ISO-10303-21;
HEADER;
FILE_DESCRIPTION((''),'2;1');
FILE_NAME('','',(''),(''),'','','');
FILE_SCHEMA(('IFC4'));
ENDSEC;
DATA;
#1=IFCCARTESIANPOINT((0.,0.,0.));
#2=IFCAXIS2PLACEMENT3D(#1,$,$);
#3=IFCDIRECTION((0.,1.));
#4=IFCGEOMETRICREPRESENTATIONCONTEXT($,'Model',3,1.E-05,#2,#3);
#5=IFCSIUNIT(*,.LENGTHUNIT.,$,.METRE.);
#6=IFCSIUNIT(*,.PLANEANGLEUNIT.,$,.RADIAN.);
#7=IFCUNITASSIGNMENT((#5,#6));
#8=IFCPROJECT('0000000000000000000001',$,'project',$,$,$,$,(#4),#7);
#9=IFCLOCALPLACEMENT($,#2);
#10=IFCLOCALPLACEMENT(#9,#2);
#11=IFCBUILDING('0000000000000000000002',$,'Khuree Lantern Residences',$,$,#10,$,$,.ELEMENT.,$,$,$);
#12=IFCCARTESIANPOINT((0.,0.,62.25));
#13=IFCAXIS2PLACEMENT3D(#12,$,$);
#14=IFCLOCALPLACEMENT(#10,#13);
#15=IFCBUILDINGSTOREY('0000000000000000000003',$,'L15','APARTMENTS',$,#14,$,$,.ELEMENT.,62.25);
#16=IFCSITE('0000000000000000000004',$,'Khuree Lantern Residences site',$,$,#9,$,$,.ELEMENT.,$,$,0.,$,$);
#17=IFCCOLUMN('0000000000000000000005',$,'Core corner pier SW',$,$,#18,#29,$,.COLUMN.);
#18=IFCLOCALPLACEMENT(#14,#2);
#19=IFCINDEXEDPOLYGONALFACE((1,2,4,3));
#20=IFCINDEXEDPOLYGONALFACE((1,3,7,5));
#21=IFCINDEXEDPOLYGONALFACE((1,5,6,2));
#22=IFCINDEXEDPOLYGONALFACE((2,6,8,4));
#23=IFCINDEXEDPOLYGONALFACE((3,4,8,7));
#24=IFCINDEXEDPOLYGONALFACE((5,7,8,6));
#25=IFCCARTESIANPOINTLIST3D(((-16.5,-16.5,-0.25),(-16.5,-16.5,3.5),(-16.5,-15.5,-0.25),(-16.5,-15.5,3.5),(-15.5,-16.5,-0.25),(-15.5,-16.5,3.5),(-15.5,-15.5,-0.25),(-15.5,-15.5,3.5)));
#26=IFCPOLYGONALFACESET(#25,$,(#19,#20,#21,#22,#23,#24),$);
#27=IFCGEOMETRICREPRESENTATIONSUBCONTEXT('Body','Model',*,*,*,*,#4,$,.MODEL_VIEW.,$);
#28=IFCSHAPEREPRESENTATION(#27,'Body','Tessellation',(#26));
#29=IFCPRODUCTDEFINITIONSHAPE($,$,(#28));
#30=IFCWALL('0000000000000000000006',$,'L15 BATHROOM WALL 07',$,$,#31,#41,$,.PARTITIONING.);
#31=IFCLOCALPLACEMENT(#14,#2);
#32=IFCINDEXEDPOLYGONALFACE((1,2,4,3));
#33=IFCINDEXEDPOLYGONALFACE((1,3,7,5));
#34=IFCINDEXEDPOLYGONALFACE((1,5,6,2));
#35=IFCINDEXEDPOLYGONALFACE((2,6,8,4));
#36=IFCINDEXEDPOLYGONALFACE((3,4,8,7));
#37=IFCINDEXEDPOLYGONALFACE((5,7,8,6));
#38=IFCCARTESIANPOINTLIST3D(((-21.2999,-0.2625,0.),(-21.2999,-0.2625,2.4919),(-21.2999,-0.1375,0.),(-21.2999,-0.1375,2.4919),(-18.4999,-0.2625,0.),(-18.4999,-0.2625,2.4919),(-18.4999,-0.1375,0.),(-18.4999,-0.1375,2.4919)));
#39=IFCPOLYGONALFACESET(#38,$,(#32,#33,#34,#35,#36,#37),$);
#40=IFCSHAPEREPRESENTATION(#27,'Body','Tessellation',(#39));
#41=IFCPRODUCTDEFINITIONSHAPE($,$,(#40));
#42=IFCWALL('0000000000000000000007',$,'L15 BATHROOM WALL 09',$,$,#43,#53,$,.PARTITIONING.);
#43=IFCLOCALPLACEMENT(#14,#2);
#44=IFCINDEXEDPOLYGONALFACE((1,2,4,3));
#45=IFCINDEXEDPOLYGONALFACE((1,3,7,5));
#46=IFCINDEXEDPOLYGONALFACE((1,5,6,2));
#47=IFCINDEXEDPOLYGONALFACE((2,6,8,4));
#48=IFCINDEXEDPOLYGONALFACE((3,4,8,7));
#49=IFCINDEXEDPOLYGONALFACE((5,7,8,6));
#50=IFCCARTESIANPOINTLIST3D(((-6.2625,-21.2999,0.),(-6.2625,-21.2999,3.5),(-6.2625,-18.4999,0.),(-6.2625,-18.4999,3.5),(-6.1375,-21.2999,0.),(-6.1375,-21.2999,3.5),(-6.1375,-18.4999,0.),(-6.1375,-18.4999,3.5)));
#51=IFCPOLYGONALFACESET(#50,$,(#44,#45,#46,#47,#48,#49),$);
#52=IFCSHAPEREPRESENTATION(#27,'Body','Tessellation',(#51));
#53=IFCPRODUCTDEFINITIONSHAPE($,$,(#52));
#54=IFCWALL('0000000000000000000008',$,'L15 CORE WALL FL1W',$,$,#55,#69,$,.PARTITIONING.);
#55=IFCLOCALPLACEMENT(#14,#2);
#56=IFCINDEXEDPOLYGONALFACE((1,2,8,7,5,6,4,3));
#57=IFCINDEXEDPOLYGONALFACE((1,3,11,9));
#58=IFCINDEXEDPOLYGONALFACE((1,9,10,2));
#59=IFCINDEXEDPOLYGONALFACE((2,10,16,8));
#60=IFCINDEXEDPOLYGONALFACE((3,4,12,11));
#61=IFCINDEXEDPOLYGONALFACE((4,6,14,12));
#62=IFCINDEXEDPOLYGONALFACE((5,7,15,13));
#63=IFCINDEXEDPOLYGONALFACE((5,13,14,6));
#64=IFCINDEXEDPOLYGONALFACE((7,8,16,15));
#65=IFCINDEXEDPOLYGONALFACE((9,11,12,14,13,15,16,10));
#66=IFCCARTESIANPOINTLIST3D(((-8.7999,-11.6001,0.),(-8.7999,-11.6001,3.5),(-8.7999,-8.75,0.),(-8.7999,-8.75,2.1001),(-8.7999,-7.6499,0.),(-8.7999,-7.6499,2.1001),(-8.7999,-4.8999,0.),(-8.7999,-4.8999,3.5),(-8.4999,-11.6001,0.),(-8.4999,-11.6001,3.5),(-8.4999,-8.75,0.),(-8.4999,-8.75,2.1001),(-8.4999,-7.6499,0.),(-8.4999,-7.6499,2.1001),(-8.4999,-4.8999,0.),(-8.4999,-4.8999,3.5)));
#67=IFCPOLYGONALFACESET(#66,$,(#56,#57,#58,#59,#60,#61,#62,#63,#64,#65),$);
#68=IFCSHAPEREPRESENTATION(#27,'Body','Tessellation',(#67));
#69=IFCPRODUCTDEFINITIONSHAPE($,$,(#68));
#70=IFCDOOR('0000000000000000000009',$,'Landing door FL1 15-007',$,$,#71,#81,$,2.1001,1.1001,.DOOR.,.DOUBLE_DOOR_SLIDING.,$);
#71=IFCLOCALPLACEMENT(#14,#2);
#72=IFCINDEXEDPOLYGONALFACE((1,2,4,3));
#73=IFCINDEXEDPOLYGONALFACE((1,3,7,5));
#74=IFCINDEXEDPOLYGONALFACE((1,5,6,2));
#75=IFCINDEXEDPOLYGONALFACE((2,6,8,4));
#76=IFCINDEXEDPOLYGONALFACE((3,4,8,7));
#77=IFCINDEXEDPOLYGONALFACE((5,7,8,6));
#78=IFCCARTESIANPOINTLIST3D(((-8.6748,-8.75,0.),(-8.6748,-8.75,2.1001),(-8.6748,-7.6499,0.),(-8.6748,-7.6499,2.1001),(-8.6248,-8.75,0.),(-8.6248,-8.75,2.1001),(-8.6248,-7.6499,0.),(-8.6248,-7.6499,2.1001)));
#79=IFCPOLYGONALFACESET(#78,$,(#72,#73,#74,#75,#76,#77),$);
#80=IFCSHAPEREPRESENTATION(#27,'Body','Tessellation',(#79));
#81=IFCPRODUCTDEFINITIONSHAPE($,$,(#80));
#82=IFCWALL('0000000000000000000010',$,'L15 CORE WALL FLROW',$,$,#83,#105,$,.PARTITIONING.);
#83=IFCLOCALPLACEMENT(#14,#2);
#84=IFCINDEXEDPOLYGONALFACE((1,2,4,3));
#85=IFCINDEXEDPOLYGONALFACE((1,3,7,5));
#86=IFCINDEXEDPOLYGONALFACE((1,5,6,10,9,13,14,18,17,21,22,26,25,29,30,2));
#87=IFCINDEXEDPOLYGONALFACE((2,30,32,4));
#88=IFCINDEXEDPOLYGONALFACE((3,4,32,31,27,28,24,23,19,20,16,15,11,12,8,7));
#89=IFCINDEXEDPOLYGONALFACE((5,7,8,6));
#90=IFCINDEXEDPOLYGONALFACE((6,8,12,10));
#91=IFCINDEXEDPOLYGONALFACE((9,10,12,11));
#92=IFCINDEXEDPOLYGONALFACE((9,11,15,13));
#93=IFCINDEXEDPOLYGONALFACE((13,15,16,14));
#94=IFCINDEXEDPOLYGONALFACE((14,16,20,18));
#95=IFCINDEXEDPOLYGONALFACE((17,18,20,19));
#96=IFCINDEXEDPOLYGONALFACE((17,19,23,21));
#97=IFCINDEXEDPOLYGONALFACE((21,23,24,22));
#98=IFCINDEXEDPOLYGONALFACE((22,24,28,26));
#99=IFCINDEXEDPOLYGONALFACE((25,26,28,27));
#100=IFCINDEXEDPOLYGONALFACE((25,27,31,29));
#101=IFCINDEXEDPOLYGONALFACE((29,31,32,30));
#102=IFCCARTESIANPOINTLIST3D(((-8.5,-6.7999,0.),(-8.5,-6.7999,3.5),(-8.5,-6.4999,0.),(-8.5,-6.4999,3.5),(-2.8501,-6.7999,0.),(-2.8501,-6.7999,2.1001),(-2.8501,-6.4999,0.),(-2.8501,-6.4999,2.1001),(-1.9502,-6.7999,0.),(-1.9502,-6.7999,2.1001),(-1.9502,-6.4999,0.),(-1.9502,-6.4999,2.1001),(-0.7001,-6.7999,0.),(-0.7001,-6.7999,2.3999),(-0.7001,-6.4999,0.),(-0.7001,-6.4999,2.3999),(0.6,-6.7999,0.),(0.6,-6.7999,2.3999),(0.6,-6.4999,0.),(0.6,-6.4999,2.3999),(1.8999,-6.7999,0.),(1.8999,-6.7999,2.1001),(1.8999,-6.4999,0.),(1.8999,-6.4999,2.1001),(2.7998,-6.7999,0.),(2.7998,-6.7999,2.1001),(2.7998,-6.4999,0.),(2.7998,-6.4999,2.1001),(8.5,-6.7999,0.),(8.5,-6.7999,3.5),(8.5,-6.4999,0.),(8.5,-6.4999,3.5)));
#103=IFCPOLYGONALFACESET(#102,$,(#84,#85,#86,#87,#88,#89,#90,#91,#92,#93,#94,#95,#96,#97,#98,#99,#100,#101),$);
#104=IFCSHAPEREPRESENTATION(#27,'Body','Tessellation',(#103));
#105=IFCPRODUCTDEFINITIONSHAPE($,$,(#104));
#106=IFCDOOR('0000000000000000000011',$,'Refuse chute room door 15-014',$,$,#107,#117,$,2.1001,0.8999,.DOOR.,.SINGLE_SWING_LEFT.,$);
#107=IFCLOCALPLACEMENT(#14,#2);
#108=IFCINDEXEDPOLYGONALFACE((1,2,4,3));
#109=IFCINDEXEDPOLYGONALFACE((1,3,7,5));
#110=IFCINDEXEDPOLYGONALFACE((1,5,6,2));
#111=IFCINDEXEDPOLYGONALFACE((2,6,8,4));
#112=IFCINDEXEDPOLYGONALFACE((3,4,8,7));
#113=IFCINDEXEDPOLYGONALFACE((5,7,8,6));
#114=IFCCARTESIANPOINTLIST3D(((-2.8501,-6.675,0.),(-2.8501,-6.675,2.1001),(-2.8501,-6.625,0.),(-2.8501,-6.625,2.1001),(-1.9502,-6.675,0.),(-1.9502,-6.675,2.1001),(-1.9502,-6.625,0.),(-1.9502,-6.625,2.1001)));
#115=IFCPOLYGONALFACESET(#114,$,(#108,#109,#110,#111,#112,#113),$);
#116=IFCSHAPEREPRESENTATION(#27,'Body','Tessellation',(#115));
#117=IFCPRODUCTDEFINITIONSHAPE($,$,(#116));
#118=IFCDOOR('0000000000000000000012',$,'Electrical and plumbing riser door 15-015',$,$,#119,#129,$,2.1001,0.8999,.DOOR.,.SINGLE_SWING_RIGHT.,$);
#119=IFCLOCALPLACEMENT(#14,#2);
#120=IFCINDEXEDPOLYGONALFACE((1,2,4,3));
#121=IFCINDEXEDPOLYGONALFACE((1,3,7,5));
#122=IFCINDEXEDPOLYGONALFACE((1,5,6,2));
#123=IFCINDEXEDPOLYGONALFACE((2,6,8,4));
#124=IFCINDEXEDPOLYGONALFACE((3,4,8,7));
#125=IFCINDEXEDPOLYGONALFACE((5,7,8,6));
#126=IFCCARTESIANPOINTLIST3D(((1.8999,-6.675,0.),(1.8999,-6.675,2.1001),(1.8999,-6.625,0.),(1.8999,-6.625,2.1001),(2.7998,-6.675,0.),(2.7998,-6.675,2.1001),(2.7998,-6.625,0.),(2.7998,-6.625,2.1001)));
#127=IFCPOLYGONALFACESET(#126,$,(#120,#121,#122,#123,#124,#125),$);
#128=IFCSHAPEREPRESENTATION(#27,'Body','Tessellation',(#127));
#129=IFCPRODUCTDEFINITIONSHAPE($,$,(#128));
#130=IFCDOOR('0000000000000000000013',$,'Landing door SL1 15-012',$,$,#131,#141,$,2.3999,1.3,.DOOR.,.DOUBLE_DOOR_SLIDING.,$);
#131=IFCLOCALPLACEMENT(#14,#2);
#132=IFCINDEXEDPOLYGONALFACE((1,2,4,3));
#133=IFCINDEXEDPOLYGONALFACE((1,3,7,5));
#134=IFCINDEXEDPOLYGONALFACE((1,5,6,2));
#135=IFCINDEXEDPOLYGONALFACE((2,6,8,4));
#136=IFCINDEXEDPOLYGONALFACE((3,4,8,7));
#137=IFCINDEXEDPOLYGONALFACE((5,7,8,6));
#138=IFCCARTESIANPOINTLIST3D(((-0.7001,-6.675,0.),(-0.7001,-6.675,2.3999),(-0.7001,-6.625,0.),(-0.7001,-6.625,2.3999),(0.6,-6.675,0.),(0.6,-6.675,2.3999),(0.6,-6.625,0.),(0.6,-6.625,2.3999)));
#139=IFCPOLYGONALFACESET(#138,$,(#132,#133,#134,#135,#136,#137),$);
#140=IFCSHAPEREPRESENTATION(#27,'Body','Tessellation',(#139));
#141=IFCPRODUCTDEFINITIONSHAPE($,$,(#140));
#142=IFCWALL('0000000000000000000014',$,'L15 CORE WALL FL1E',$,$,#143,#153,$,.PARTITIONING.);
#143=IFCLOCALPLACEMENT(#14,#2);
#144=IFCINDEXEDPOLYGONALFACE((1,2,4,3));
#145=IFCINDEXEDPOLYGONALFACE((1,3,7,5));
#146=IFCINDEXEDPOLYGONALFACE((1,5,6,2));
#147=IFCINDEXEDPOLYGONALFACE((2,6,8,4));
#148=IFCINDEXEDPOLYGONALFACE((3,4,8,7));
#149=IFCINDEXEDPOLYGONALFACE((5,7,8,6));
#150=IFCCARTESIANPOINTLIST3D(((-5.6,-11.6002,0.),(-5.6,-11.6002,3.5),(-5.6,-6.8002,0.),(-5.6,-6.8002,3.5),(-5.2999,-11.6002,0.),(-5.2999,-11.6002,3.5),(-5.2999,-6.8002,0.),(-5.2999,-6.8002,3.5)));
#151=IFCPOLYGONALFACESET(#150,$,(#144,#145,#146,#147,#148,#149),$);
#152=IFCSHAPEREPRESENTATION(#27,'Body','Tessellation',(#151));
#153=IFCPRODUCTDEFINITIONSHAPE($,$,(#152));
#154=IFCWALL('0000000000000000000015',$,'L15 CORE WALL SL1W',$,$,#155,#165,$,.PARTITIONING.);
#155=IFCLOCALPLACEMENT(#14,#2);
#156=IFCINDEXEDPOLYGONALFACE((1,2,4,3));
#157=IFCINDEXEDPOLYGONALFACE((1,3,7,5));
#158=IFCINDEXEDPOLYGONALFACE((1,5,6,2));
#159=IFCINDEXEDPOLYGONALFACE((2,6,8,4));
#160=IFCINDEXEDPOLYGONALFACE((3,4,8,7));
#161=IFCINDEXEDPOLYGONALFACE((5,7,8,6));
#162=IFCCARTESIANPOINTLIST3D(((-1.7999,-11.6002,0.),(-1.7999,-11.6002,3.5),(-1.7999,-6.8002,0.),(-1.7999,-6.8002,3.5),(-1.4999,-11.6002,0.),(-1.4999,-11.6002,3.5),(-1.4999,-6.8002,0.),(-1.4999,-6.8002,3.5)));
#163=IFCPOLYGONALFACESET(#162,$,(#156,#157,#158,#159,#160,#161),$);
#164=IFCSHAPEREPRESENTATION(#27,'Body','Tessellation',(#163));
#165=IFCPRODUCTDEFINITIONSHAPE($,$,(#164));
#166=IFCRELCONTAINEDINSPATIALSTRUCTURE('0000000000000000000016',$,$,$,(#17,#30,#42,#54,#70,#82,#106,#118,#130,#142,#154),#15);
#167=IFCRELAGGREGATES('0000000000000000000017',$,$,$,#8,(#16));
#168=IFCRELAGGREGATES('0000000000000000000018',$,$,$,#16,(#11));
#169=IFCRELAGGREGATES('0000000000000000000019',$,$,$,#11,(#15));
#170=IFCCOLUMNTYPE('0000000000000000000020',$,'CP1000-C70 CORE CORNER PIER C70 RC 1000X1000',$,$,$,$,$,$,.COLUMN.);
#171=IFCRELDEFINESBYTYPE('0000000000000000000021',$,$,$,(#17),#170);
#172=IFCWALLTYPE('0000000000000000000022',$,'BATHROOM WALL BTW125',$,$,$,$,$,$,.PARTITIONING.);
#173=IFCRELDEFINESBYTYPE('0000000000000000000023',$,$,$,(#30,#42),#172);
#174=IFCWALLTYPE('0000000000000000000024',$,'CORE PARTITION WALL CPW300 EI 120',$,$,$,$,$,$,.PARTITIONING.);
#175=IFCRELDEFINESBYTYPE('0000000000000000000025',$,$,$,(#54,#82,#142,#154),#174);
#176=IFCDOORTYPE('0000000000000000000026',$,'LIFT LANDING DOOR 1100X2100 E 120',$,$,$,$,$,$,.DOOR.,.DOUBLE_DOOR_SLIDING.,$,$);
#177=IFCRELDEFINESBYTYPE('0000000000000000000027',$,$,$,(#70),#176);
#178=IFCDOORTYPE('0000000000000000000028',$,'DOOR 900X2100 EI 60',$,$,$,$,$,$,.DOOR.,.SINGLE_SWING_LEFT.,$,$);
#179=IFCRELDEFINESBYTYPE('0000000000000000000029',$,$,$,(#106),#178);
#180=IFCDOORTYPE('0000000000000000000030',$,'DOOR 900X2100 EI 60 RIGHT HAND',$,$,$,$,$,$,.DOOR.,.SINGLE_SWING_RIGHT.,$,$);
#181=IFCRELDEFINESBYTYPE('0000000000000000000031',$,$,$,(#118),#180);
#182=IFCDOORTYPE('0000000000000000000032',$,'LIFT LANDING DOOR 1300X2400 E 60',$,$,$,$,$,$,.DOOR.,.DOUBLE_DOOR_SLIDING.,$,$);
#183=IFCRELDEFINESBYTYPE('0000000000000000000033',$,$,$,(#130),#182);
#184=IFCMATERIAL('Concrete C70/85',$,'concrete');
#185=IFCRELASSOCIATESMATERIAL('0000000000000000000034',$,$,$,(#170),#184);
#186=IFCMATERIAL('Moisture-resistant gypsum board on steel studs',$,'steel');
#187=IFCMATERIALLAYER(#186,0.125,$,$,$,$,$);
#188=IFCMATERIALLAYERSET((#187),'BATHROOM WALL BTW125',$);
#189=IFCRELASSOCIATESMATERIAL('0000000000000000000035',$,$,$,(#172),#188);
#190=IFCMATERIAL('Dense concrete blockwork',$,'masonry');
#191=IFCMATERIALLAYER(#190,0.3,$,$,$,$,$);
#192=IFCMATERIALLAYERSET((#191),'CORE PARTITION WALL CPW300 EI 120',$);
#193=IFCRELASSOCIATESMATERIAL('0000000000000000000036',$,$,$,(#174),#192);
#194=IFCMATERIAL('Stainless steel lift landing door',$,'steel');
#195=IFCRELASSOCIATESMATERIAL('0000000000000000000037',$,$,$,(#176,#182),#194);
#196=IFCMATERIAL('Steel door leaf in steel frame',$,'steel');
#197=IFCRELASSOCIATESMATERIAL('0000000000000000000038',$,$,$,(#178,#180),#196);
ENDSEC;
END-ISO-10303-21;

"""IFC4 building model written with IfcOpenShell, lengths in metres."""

from ifc_helpers import new_model, si_unit, direction, frame, frame_2d, origin, origin_2d, place, context, subcontext, project, spatial, rectangle, extrude, material, layer, layer_set, material_profile, profile_set, type_object, element, fill, save


model = new_model("IFC4")

# Units and contexts
model_context = context("Model", 3, precision=1e-05, world=origin(), true_north=direction((0.0, 1.0)))
body_context = subcontext(model_context, "Body", "Model", "MODEL_VIEW")
ifc_project = project(units=[si_unit("LENGTHUNIT", "METRE"), si_unit("PLANEANGLEUNIT", "RADIAN")], contexts=[model_context])

# Site, building, storey
site_placement = place(None, origin())
site = spatial("IfcSite", under=ifc_project, at=site_placement, Name="Khuree Lantern Residences site", CompositionType="ELEMENT", RefElevation=0.0)
building_placement = place(site_placement, origin())
building = spatial("IfcBuilding", under=site, at=building_placement, Name="Khuree Lantern Residences", CompositionType="ELEMENT")
storey_placement = place(building_placement, frame((0.0, 0.0, 62.25)))
storey = spatial("IfcBuildingStorey", under=building, at=storey_placement, Name="L15", Description="APARTMENTS", CompositionType="ELEMENT", Elevation=62.25)

# Column
ifc_material_1 = material(Name="Concrete C70/85", Category="concrete")
ifc_material_profile = material_profile(ifc_material_1, rectangle(XDim=1.0, YDim=1.0, at=origin_2d()), Name="RC 1000X1000")
ifc_profile_set = profile_set([ifc_material_profile], Name="Concrete C70/85")
column_type = type_object("IfcColumnType", Name="CP1000-C70 CORE CORNER PIER C70 RC 1000X1000", PredefinedType="COLUMN", material=ifc_profile_set)
column_placement = place(storey_placement, frame((-16.0, -16.0, -0.25), z_axis=(0.0, 0.0, 1.0), x_axis=(1.0, 0.0, 0.0)))
element("IfcColumn", 1, at=column_placement, inside=storey, type_object=column_type, Name="Core corner pier SW", PredefinedType="COLUMN", context=body_context, shape_type="SweptSolid", body=[
    extrude(rectangle(XDim=1.0, YDim=1.0, at=origin_2d()), origin(), (0.0, 0.0, 1.0), 3.75),
])

# Walls
ifc_material_2 = material(Name="Moisture-resistant gypsum board on steel studs", Category="steel")
ifc_layer_1 = layer(ifc_material_2, 0.125)
ifc_layer_set_1 = layer_set([ifc_layer_1], Name="BATHROOM WALL BTW125")
wall_type_1 = type_object("IfcWallType", Name="BATHROOM WALL BTW125", PredefinedType="PARTITIONING", material=ifc_layer_set_1)
wall_1_placement = place(storey_placement, frame((-18.5, -0.2, 0.0), z_axis=(0.0, 0.0, 1.0), x_axis=(-1.0, 0.0, 0.0)))
element("IfcWall", 2, at=wall_1_placement, inside=storey, type_object=wall_type_1, Name="L15 BATHROOM WALL 07", PredefinedType="PARTITIONING", context=body_context, shape_type="SweptSolid", body=[
    extrude(rectangle(XDim=2.8, YDim=0.125, at=frame_2d((1.3999, 0.0))), origin(), (0.0, 0.0, 1.0), 2.4919),
])
wall_2_placement = place(storey_placement, frame((-6.2, -18.5, 0.0), z_axis=(0.0, 0.0, 1.0), x_axis=(0.0, -1.0, 0.0)))
element("IfcWall", 3, at=wall_2_placement, inside=storey, type_object=wall_type_1, Name="L15 BATHROOM WALL 09", PredefinedType="PARTITIONING", context=body_context, shape_type="SweptSolid", body=[
    extrude(rectangle(XDim=2.8, YDim=0.125, at=frame_2d((1.3999, 0.0))), origin(), (0.0, 0.0, 1.0), 3.5),
])

# Wall, opening, door
ifc_material_3 = material(Name="Dense concrete blockwork", Category="masonry")
ifc_layer_2 = layer(ifc_material_3, 0.3)
ifc_layer_set_2 = layer_set([ifc_layer_2], Name="CORE PARTITION WALL CPW300 EI 120")
wall_type_2 = type_object("IfcWallType", Name="CORE PARTITION WALL CPW300 EI 120", PredefinedType="PARTITIONING", material=ifc_layer_set_2)
wall_3_placement = place(storey_placement, frame((-8.6499, -11.6001, 0.0), z_axis=(0.0, 0.0, 1.0), x_axis=(0.0, 1.0, 0.0)))
wall_3 = element("IfcWall", 4, at=wall_3_placement, inside=storey, type_object=wall_type_2, Name="L15 CORE WALL FL1W", PredefinedType="PARTITIONING", context=body_context, shape_type="SweptSolid", body=[
    extrude(rectangle(XDim=6.7002, YDim=0.3, at=frame_2d((3.3501, 0.0))), origin(), (0.0, 0.0, 1.0), 3.5),
])
opening_1_placement = place(wall_3_placement, frame((2.8501, 0.0, 0.0)))
opening_1 = element("IfcOpeningElement", 5, at=opening_1_placement, cuts=wall_3, PredefinedType="OPENING", context=body_context, shape_type="SweptSolid", body=[
    extrude(rectangle(XDim=1.1001, YDim=2.1001, at=frame_2d((0.55, 1.05))), frame((0.0, 0.1602, 0.0), z_axis=(0.0, -1.0, 0.0), x_axis=(1.0, 0.0, 0.0)), (0.0, 0.0, 1.0), 0.3201),
])
ifc_material_4 = material(Name="Stainless steel lift landing door", Category="steel")
door_type_1 = type_object("IfcDoorType", Name="LIFT LANDING DOOR 1100X2100 E 120", OperationType="DOUBLE_DOOR_SLIDING", PredefinedType="DOOR", material=ifc_material_4)
door_1_placement = place(opening_1_placement, origin())
door_1 = element("IfcDoor", 6, at=door_1_placement, inside=storey, type_object=door_type_1, Name="Landing door FL1 15-007", OperationType="DOUBLE_DOOR_SLIDING", OverallHeight=2.1001, OverallWidth=1.1001, PredefinedType="DOOR", context=body_context, shape_type="SweptSolid", body=[
    extrude(rectangle(XDim=1.1001, YDim=2.1001, at=frame_2d((0.55, 1.05))), frame((0.0, 0.0249, 0.0), z_axis=(0.0, -1.0, 0.0), x_axis=(1.0, 0.0, 0.0)), (0.0, 0.0, 1.0), 0.05),
])
fill(opening_1, door_1)

# Wall, openings, doors
wall_4_placement = place(storey_placement, frame((-8.5, -6.6499, 0.0), z_axis=(0.0, 0.0, 1.0), x_axis=(1.0, 0.0, 0.0)))
wall_4 = element("IfcWall", 7, at=wall_4_placement, inside=storey, type_object=wall_type_2, Name="L15 CORE WALL FLROW", PredefinedType="PARTITIONING", context=body_context, shape_type="SweptSolid", body=[
    extrude(rectangle(XDim=17.0, YDim=0.3, at=frame_2d((8.5, 0.0))), origin(), (0.0, 0.0, 1.0), 3.5),
])
opening_2_placement = place(wall_4_placement, frame((7.8, 0.0, 0.0)))
opening_2 = element("IfcOpeningElement", 8, at=opening_2_placement, cuts=wall_4, PredefinedType="OPENING", context=body_context, shape_type="SweptSolid", body=[
    extrude(rectangle(XDim=1.3, YDim=2.3999, at=frame_2d((0.6499, 1.2))), frame((0.0, 0.1602, 0.0), z_axis=(0.0, -1.0, 0.0), x_axis=(1.0, 0.0, 0.0)), (0.0, 0.0, 1.0), 0.3201),
])
opening_3_placement = place(wall_4_placement, frame((5.6499, 0.0, 0.0)))
opening_3 = element("IfcOpeningElement", 9, at=opening_3_placement, cuts=wall_4, PredefinedType="OPENING", context=body_context, shape_type="SweptSolid", body=[
    extrude(rectangle(XDim=0.8999, YDim=2.1001, at=frame_2d((0.45, 1.05))), frame((0.0, 0.1602, 0.0), z_axis=(0.0, -1.0, 0.0), x_axis=(1.0, 0.0, 0.0)), (0.0, 0.0, 1.0), 0.3201),
])
opening_4_placement = place(wall_4_placement, frame((10.3999, 0.0, 0.0)))
opening_4 = element("IfcOpeningElement", 10, at=opening_4_placement, cuts=wall_4, PredefinedType="OPENING", context=body_context, shape_type="SweptSolid", body=[
    extrude(rectangle(XDim=0.8999, YDim=2.1001, at=frame_2d((0.45, 1.05))), frame((0.0, 0.1602, 0.0), z_axis=(0.0, -1.0, 0.0), x_axis=(1.0, 0.0, 0.0)), (0.0, 0.0, 1.0), 0.3201),
])
ifc_material_5 = material(Name="Steel door leaf in steel frame", Category="steel")
door_type_2 = type_object("IfcDoorType", Name="DOOR 900X2100 EI 60", OperationType="SINGLE_SWING_LEFT", PredefinedType="DOOR", material=ifc_material_5)
door_2_placement = place(opening_3_placement, origin())
door_2 = element("IfcDoor", 11, at=door_2_placement, inside=storey, type_object=door_type_2, Name="Refuse chute room door 15-014", OperationType="SINGLE_SWING_LEFT", OverallHeight=2.1001, OverallWidth=0.8999, PredefinedType="DOOR", context=body_context, shape_type="SweptSolid", body=[
    extrude(rectangle(XDim=0.8999, YDim=2.1001, at=frame_2d((0.45, 1.05))), frame((0.0, 0.0249, 0.0), z_axis=(0.0, -1.0, 0.0), x_axis=(1.0, 0.0, 0.0)), (0.0, 0.0, 1.0), 0.05),
])
fill(opening_3, door_2)
door_type_3 = type_object("IfcDoorType", Name="DOOR 900X2100 EI 60 RIGHT HAND", OperationType="SINGLE_SWING_RIGHT", PredefinedType="DOOR", material=ifc_material_5)
door_3_placement = place(opening_4_placement, origin())
door_3 = element("IfcDoor", 12, at=door_3_placement, inside=storey, type_object=door_type_3, Name="Electrical and plumbing riser door 15-015", OperationType="SINGLE_SWING_RIGHT", OverallHeight=2.1001, OverallWidth=0.8999, PredefinedType="DOOR", context=body_context, shape_type="SweptSolid", body=[
    extrude(rectangle(XDim=0.8999, YDim=2.1001, at=frame_2d((0.45, 1.05))), frame((0.0, 0.0249, 0.0), z_axis=(0.0, -1.0, 0.0), x_axis=(1.0, 0.0, 0.0)), (0.0, 0.0, 1.0), 0.05),
])
fill(opening_4, door_3)
door_type_4 = type_object("IfcDoorType", Name="LIFT LANDING DOOR 1300X2400 E 60", OperationType="DOUBLE_DOOR_SLIDING", PredefinedType="DOOR", material=ifc_material_4)
door_4_placement = place(opening_2_placement, origin())
door_4 = element("IfcDoor", 13, at=door_4_placement, inside=storey, type_object=door_type_4, Name="Landing door SL1 15-012", OperationType="DOUBLE_DOOR_SLIDING", OverallHeight=2.3999, OverallWidth=1.3, PredefinedType="DOOR", context=body_context, shape_type="SweptSolid", body=[
    extrude(rectangle(XDim=1.3, YDim=2.3999, at=frame_2d((0.6499, 1.2))), frame((0.0, 0.0249, 0.0), z_axis=(0.0, -1.0, 0.0), x_axis=(1.0, 0.0, 0.0)), (0.0, 0.0, 1.0), 0.05),
])
fill(opening_2, door_4)

# Walls
for number, where, z_axis, x_axis, name in (
    (14, (-5.45, -11.6001, 0.0), (0.0, 0.0, 1.0), (0.0, 1.0, 0.0), "L15 CORE WALL FL1E"),
    (15, (-1.6499, -11.6001, 0.0), (0.0, 0.0, 1.0), (0.0, 1.0, 0.0), "L15 CORE WALL SL1W"),
):
    element("IfcWall", number, at=place(storey_placement, frame(where, z_axis=z_axis, x_axis=x_axis)), inside=storey, type_object=wall_type_2, Name=name, PredefinedType="PARTITIONING", context=body_context, shape_type="SweptSolid", body=[
        extrude(rectangle(XDim=4.8, YDim=0.3, at=frame_2d((2.3999, 0.0))), origin(), (0.0, 0.0, 1.0), 3.5),
    ])

save(model, "model.ifc")
